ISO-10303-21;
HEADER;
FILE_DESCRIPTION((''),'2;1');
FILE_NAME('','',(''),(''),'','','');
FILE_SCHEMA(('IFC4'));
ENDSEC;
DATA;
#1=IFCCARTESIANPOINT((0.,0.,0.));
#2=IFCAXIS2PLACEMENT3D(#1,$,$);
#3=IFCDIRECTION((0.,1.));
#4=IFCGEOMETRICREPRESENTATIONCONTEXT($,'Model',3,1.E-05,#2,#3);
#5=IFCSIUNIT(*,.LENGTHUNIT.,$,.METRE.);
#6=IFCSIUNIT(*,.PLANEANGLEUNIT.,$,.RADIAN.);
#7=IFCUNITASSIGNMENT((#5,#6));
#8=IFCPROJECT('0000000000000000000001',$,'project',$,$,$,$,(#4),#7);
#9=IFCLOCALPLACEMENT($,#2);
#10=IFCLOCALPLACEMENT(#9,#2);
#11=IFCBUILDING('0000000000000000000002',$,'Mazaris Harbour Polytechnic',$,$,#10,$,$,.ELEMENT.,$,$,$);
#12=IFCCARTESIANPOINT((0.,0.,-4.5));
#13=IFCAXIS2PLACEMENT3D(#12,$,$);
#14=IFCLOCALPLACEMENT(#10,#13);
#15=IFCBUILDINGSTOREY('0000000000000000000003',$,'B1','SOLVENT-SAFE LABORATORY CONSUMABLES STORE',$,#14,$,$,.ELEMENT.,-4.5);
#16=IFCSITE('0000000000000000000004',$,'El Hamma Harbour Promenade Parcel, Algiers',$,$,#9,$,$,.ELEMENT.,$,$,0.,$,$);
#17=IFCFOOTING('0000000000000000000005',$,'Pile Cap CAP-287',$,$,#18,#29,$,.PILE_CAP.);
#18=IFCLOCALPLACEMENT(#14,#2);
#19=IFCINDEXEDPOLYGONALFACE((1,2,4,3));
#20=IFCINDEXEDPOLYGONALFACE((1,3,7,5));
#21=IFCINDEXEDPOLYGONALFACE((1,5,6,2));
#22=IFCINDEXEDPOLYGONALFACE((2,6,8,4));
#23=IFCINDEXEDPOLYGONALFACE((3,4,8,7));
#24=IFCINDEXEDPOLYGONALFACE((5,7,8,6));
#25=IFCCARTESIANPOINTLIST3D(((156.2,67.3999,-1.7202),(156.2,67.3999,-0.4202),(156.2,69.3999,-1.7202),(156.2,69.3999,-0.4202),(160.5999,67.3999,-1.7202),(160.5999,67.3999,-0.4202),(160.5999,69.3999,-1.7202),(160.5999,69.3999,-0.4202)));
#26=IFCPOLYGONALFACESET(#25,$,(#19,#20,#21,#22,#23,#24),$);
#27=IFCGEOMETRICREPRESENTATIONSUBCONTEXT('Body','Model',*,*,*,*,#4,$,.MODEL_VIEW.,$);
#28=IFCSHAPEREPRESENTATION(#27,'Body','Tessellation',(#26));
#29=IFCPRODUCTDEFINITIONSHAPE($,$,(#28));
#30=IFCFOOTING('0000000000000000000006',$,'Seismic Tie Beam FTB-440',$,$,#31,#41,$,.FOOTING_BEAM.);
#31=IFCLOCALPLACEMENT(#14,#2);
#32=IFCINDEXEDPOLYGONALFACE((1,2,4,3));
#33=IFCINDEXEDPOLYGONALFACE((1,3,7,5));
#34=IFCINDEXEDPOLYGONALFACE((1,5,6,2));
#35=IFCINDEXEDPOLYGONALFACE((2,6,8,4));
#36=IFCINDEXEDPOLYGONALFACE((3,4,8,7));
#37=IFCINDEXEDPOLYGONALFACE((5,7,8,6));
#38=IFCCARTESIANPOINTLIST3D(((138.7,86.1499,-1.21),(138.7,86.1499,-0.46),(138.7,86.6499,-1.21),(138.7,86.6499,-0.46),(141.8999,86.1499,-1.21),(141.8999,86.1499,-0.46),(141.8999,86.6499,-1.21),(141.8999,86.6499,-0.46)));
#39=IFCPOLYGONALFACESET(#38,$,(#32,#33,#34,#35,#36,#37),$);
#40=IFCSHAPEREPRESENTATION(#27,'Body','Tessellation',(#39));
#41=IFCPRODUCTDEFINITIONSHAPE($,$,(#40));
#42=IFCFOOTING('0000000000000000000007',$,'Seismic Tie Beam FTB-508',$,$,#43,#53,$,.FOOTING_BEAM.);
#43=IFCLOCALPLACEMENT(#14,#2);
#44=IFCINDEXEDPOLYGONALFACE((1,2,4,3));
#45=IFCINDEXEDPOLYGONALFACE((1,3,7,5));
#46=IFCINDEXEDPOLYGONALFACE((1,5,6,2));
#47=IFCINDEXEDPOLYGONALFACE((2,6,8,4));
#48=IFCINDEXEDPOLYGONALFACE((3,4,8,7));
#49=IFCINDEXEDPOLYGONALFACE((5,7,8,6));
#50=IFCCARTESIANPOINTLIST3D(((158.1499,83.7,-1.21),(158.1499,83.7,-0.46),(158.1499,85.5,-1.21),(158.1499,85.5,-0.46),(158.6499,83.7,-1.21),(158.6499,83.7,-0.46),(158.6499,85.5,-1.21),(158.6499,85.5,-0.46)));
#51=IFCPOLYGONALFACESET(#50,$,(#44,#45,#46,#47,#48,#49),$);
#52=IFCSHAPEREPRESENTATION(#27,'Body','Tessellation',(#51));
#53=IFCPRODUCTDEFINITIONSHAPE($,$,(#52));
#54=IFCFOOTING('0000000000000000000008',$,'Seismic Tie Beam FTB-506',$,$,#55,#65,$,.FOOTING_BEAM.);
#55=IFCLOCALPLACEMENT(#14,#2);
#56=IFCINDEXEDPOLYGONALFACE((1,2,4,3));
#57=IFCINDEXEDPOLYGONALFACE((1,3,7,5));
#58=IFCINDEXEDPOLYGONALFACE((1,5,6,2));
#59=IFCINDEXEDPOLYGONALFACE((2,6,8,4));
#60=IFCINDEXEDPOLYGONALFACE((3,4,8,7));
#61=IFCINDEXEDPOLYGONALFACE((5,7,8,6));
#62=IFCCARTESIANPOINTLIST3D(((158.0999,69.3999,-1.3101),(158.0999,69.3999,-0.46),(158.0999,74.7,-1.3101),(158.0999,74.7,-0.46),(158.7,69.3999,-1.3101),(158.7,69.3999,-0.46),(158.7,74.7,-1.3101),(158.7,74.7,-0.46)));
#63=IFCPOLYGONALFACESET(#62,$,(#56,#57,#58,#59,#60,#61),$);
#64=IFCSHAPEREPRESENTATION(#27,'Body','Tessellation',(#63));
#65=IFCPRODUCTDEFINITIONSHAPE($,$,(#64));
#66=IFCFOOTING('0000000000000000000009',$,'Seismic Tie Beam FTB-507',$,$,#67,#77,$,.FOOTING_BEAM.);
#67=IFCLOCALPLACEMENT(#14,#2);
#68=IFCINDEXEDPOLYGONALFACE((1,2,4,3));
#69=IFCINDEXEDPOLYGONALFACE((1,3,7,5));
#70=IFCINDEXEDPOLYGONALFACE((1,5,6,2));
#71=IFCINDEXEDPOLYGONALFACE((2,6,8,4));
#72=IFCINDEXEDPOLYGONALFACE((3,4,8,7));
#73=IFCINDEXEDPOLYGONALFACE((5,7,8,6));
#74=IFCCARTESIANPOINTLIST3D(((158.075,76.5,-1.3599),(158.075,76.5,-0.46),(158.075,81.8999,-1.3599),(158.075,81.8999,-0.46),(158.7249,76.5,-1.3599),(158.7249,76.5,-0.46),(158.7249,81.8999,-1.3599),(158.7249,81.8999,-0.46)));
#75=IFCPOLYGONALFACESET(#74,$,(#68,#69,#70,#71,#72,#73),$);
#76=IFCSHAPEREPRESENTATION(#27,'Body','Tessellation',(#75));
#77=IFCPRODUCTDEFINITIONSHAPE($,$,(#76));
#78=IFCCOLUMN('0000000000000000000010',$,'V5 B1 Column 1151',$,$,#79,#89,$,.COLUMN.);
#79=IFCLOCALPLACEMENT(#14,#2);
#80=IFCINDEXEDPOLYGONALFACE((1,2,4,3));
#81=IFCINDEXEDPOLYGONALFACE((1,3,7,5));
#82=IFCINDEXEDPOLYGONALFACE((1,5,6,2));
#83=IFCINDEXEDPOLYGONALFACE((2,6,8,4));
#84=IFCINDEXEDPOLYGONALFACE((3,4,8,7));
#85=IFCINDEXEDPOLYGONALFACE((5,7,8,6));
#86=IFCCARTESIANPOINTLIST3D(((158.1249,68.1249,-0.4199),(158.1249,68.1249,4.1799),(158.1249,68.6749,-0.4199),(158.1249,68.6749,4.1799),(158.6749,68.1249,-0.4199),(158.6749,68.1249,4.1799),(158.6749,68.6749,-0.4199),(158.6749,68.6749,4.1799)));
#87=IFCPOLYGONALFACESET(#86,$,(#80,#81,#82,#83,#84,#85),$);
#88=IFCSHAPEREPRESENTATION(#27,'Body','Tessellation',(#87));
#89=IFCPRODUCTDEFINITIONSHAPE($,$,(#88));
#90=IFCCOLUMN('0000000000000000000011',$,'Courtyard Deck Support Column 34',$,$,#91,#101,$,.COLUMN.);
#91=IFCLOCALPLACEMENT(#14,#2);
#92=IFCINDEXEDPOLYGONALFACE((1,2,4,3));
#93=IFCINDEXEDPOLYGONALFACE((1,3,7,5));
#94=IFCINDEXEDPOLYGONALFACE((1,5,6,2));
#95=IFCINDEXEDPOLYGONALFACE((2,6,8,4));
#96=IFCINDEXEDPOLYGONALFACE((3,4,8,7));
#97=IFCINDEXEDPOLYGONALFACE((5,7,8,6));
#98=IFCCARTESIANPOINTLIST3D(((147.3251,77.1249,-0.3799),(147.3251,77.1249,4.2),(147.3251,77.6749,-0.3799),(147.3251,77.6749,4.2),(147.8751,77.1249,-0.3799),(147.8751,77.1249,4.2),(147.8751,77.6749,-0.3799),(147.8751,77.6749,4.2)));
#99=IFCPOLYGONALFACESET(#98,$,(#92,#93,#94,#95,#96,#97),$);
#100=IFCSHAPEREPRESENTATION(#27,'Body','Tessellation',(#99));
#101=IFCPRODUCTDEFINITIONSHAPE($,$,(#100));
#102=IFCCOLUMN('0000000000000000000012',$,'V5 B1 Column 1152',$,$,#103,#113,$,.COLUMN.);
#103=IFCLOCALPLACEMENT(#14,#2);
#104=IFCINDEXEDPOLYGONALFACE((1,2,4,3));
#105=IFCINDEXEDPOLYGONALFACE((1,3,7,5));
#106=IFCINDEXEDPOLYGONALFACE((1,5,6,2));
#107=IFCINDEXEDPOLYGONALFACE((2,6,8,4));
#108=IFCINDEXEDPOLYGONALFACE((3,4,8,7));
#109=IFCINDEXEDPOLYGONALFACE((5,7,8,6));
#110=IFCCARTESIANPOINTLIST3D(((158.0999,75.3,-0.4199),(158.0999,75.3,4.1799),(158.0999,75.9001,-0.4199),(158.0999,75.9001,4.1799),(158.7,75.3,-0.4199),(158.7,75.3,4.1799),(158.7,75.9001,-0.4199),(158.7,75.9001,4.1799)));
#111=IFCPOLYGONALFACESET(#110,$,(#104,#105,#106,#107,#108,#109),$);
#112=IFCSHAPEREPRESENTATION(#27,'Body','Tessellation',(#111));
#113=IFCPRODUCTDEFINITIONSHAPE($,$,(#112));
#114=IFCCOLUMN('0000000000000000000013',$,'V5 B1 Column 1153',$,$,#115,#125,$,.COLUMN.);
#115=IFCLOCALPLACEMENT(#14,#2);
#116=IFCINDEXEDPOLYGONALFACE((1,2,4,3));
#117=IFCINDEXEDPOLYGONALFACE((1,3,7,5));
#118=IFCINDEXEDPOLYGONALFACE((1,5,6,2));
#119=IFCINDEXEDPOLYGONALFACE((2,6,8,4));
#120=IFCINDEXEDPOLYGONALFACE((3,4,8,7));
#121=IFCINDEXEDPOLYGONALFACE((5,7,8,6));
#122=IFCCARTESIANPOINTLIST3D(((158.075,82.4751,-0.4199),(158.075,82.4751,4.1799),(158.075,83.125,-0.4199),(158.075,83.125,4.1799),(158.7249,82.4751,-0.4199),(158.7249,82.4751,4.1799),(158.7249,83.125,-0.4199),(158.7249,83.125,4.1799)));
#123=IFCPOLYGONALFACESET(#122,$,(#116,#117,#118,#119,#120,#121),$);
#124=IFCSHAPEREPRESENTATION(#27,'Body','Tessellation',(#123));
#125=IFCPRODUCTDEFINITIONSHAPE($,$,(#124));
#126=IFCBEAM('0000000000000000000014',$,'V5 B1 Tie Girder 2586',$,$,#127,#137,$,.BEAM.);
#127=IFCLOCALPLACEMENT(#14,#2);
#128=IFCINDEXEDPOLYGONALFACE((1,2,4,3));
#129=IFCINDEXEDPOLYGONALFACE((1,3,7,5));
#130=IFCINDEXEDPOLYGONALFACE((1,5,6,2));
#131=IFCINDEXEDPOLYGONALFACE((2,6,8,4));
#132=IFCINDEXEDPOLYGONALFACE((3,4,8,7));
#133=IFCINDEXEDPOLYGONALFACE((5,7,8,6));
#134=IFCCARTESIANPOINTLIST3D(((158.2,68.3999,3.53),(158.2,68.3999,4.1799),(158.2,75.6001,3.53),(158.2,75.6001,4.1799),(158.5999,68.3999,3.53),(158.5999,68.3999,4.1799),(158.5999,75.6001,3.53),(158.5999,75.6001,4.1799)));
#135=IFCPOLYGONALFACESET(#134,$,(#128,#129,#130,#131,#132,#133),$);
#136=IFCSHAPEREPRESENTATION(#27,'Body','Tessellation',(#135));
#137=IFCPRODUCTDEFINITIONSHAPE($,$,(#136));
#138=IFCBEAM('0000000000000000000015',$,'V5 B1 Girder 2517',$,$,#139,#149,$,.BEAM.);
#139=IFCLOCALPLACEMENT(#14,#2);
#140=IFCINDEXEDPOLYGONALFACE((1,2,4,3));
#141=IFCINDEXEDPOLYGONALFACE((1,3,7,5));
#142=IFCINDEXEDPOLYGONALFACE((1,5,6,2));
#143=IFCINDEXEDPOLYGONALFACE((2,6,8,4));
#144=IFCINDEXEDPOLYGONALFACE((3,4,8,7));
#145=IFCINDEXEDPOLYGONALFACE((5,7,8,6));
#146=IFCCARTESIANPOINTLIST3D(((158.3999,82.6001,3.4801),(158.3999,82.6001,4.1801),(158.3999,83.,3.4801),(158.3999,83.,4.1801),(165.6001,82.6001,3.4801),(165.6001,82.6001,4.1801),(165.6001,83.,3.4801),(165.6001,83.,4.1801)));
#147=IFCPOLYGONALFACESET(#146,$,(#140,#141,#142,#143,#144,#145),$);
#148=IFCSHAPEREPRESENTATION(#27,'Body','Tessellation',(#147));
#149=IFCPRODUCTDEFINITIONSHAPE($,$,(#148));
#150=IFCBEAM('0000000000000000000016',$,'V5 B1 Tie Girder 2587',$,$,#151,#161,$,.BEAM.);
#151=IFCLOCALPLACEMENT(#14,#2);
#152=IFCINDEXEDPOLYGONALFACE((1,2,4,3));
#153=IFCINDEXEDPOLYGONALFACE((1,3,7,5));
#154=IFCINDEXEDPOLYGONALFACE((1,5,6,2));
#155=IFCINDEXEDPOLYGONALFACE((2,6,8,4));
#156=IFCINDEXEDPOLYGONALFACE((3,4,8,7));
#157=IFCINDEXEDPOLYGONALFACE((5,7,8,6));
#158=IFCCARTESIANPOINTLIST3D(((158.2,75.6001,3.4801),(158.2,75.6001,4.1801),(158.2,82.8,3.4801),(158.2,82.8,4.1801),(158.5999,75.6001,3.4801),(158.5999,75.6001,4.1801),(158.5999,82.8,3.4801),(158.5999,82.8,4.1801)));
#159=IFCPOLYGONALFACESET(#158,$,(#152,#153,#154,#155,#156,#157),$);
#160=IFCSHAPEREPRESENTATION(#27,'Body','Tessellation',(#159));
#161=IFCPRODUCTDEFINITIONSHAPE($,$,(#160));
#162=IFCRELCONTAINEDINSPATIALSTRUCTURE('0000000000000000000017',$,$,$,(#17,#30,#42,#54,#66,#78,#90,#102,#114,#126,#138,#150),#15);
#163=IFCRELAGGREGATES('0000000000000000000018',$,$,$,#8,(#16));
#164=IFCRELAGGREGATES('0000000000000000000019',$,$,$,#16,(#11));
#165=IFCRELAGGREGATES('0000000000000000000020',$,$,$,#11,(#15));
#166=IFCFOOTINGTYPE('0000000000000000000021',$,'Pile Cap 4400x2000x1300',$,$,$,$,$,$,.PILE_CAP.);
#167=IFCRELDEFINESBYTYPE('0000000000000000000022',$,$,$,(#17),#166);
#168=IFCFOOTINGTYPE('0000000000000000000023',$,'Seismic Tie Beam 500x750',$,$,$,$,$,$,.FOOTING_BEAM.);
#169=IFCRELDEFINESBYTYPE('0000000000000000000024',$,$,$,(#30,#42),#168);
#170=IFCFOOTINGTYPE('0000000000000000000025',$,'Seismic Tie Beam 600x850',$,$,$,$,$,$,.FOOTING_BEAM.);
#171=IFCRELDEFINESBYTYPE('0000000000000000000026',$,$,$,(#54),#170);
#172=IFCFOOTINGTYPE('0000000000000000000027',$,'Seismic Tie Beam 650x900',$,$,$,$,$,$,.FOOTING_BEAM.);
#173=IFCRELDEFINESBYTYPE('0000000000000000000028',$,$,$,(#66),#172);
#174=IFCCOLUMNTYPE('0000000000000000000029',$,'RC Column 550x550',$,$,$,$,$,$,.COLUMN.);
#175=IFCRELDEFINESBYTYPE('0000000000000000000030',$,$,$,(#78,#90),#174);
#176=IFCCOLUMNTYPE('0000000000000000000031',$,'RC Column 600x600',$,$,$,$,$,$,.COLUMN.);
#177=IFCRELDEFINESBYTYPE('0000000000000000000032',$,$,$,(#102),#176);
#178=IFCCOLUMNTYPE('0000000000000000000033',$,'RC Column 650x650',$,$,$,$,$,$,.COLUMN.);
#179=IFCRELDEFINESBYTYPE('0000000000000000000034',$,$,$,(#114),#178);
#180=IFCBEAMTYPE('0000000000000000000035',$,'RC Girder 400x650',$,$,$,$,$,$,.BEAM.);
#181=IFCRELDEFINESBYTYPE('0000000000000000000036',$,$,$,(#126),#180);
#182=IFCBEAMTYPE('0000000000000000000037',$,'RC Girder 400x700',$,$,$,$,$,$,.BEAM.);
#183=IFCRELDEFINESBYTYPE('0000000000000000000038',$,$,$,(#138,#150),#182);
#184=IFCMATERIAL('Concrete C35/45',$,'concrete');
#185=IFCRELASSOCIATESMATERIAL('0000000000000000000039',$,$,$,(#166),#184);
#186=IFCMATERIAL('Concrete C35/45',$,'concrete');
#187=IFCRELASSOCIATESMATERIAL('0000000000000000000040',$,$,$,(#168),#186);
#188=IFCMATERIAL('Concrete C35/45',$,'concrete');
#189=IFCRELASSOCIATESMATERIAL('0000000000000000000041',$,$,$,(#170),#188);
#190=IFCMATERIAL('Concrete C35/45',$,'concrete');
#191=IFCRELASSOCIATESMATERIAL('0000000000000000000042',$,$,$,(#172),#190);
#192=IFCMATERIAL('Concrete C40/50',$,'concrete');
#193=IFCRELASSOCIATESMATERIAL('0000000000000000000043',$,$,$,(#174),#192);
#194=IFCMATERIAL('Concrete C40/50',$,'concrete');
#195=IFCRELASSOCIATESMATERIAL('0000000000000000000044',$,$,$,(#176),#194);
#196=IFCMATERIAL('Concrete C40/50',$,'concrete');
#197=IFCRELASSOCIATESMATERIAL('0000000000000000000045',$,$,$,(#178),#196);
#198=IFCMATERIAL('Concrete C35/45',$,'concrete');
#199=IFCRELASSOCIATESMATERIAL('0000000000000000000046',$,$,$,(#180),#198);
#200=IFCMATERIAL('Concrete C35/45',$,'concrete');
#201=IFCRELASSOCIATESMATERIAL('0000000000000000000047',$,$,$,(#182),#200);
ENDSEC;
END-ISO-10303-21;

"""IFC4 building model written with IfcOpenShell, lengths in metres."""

from ifc_helpers import new_model, si_unit, direction, frame, origin, origin_2d, place, context, subcontext, project, spatial, rectangle, extrude, material, material_profile, profile_set, type_object, element, save


model = new_model("IFC4")

# Units and contexts
model_context = context("Model", 3, precision=1e-05, world=origin(), true_north=direction((0.0, 1.0)))
body_context = subcontext(model_context, "Body", "Model", "MODEL_VIEW")
ifc_project = project(units=[si_unit("LENGTHUNIT", "METRE"), si_unit("PLANEANGLEUNIT", "RADIAN")], contexts=[model_context])

# Site, building, storey
site_placement = place(None, origin())
site = spatial("IfcSite", under=ifc_project, at=site_placement, Name="El Hamma Harbour Promenade Parcel, Algiers", CompositionType="ELEMENT", RefElevation=0.0)
building_placement = place(site_placement, origin())
building = spatial("IfcBuilding", under=site, at=building_placement, Name="Mazaris Harbour Polytechnic", CompositionType="ELEMENT")
storey_placement = place(building_placement, frame((0.0, 0.0, -4.5)))
storey = spatial("IfcBuildingStorey", under=building, at=storey_placement, Name="B1", Description="SOLVENT-SAFE LABORATORY CONSUMABLES STORE", CompositionType="ELEMENT", Elevation=-4.5)

# Footings
ifc_material_1 = material(Name="Concrete C35/45", Category="concrete")
footing_type_1 = type_object("IfcFootingType", Name="Pile Cap 4400x2000x1300", PredefinedType="PILE_CAP", material=ifc_material_1)
footing_1_placement = place(storey_placement, frame((158.3999, 68.3999, -1.7202), z_axis=(0.0, 0.0, 1.0), x_axis=(1.0, 0.0, 0.0)))
element("IfcFooting", 1, at=footing_1_placement, inside=storey, type_object=footing_type_1, Name="Pile Cap CAP-287", PredefinedType="PILE_CAP", context=body_context, shape_type="SweptSolid", body=[
    extrude(rectangle(XDim=4.3999, YDim=2.0, at=origin_2d()), origin(), (0.0, 0.0, 1.0), 1.3),
])
ifc_material_2 = material(Name="Concrete C35/45", Category="concrete")
ifc_material_profile_1 = material_profile(ifc_material_2, rectangle(XDim=0.5, YDim=0.75, at=origin_2d()), Name="RECT500x750")
ifc_profile_set_1 = profile_set([ifc_material_profile_1], Name="Concrete C35/45")
footing_type_2 = type_object("IfcFootingType", Name="Seismic Tie Beam 500x750", PredefinedType="FOOTING_BEAM", material=ifc_profile_set_1)
footing_2_placement = place(storey_placement, frame((138.7, 86.3999, -0.835), z_axis=(1.0, 0.0, 0.0), x_axis=(0.0, 1.0, 0.0)))
element("IfcFooting", 2, at=footing_2_placement, inside=storey, type_object=footing_type_2, Name="Seismic Tie Beam FTB-440", PredefinedType="FOOTING_BEAM", context=body_context, shape_type="SweptSolid", body=[
    extrude(rectangle(XDim=0.5, YDim=0.75, at=origin_2d()), origin(), (0.0, 0.0, 1.0), 3.2),
])
footing_3_placement = place(storey_placement, frame((158.3999, 83.7, -0.835), z_axis=(0.0, 1.0, 0.0), x_axis=(-1.0, 0.0, 0.0)))
element("IfcFooting", 3, at=footing_3_placement, inside=storey, type_object=footing_type_2, Name="Seismic Tie Beam FTB-508", PredefinedType="FOOTING_BEAM", context=body_context, shape_type="SweptSolid", body=[
    extrude(rectangle(XDim=0.5, YDim=0.75, at=origin_2d()), origin(), (0.0, 0.0, 1.0), 1.8),
])
ifc_material_3 = material(Name="Concrete C35/45", Category="concrete")
ifc_material_profile_2 = material_profile(ifc_material_3, rectangle(XDim=0.6001, YDim=0.8501, at=origin_2d()), Name="RECT600x850")
ifc_profile_set_2 = profile_set([ifc_material_profile_2], Name="Concrete C35/45")
footing_type_3 = type_object("IfcFootingType", Name="Seismic Tie Beam 600x850", PredefinedType="FOOTING_BEAM", material=ifc_profile_set_2)
footing_4_placement = place(storey_placement, frame((158.3999, 69.3999, -0.885), z_axis=(0.0, 1.0, 0.0), x_axis=(-1.0, 0.0, 0.0)))
element("IfcFooting", 4, at=footing_4_placement, inside=storey, type_object=footing_type_3, Name="Seismic Tie Beam FTB-506", PredefinedType="FOOTING_BEAM", context=body_context, shape_type="SweptSolid", body=[
    extrude(rectangle(XDim=0.6001, YDim=0.8501, at=origin_2d()), origin(), (0.0, 0.0, 1.0), 5.3),
])
ifc_material_4 = material(Name="Concrete C35/45", Category="concrete")
ifc_material_profile_3 = material_profile(ifc_material_4, rectangle(XDim=0.6499, YDim=0.8999, at=origin_2d()), Name="RECT650x900")
ifc_profile_set_3 = profile_set([ifc_material_profile_3], Name="Concrete C35/45")
footing_type_4 = type_object("IfcFootingType", Name="Seismic Tie Beam 650x900", PredefinedType="FOOTING_BEAM", material=ifc_profile_set_3)
footing_5_placement = place(storey_placement, frame((158.3999, 76.5, -0.9099), z_axis=(0.0, 1.0, 0.0), x_axis=(-1.0, 0.0, 0.0)))
element("IfcFooting", 5, at=footing_5_placement, inside=storey, type_object=footing_type_4, Name="Seismic Tie Beam FTB-507", PredefinedType="FOOTING_BEAM", context=body_context, shape_type="SweptSolid", body=[
    extrude(rectangle(XDim=0.6499, YDim=0.8999, at=origin_2d()), origin(), (0.0, 0.0, 1.0), 5.3999),
])

# Columns
ifc_material_5 = material(Name="Concrete C40/50", Category="concrete")
ifc_material_profile_4 = material_profile(ifc_material_5, rectangle(XDim=0.55, YDim=0.55, at=origin_2d()), Name="RECT550x550")
ifc_profile_set_4 = profile_set([ifc_material_profile_4], Name="Concrete C40/50")
column_type_1 = type_object("IfcColumnType", Name="RC Column 550x550", PredefinedType="COLUMN", material=ifc_profile_set_4)
column_1_placement = place(storey_placement, frame((158.3999, 68.3999, -0.4199), z_axis=(0.0, 0.0, 1.0), x_axis=(1.0, 0.0, 0.0)))
element("IfcColumn", 6, at=column_1_placement, inside=storey, type_object=column_type_1, Name="V5 B1 Column 1151", PredefinedType="COLUMN", context=body_context, shape_type="SweptSolid", body=[
    extrude(rectangle(XDim=0.55, YDim=0.55, at=origin_2d()), origin(), (0.0, 0.0, 1.0), 4.5999),
])
column_2_placement = place(storey_placement, frame((147.6001, 77.3999, -0.3799), z_axis=(0.0, 0.0, 1.0), x_axis=(1.0, 0.0, 0.0)))
element("IfcColumn", 7, at=column_2_placement, inside=storey, type_object=column_type_1, Name="Courtyard Deck Support Column 34", PredefinedType="COLUMN", context=body_context, shape_type="SweptSolid", body=[
    extrude(rectangle(XDim=0.55, YDim=0.55, at=origin_2d()), origin(), (0.0, 0.0, 1.0), 4.5798),
])
ifc_material_6 = material(Name="Concrete C40/50", Category="concrete")
ifc_material_profile_5 = material_profile(ifc_material_6, rectangle(XDim=0.6001, YDim=0.6001, at=origin_2d()), Name="RECT600x600")
ifc_profile_set_5 = profile_set([ifc_material_profile_5], Name="Concrete C40/50")
column_type_2 = type_object("IfcColumnType", Name="RC Column 600x600", PredefinedType="COLUMN", material=ifc_profile_set_5)
column_3_placement = place(storey_placement, frame((158.3999, 75.6001, -0.4199), z_axis=(0.0, 0.0, 1.0), x_axis=(1.0, 0.0, 0.0)))
element("IfcColumn", 8, at=column_3_placement, inside=storey, type_object=column_type_2, Name="V5 B1 Column 1152", PredefinedType="COLUMN", context=body_context, shape_type="SweptSolid", body=[
    extrude(rectangle(XDim=0.6001, YDim=0.6001, at=origin_2d()), origin(), (0.0, 0.0, 1.0), 4.5999),
])
ifc_material_7 = material(Name="Concrete C40/50", Category="concrete")
ifc_material_profile_6 = material_profile(ifc_material_7, rectangle(XDim=0.6499, YDim=0.6499, at=origin_2d()), Name="RECT650x650")
ifc_profile_set_6 = profile_set([ifc_material_profile_6], Name="Concrete C40/50")
column_type_3 = type_object("IfcColumnType", Name="RC Column 650x650", PredefinedType="COLUMN", material=ifc_profile_set_6)
column_4_placement = place(storey_placement, frame((158.3999, 82.8, -0.4199), z_axis=(0.0, 0.0, 1.0), x_axis=(1.0, 0.0, 0.0)))
element("IfcColumn", 9, at=column_4_placement, inside=storey, type_object=column_type_3, Name="V5 B1 Column 1153", PredefinedType="COLUMN", context=body_context, shape_type="SweptSolid", body=[
    extrude(rectangle(XDim=0.6499, YDim=0.6499, at=origin_2d()), origin(), (0.0, 0.0, 1.0), 4.5999),
])

# Beams
ifc_material_8 = material(Name="Concrete C35/45", Category="concrete")
ifc_material_profile_7 = material_profile(ifc_material_8, rectangle(XDim=0.3999, YDim=0.6499, at=origin_2d()), Name="RECT400x650")
ifc_profile_set_7 = profile_set([ifc_material_profile_7], Name="Concrete C35/45")
beam_type_1 = type_object("IfcBeamType", Name="RC Girder 400x650", PredefinedType="BEAM", material=ifc_profile_set_7)
beam_1_placement = place(storey_placement, frame((158.3999, 68.3999, 3.855), z_axis=(0.0, 1.0, 0.0), x_axis=(-1.0, 0.0, 0.0)))
element("IfcBeam", 10, at=beam_1_placement, inside=storey, type_object=beam_type_1, Name="V5 B1 Tie Girder 2586", PredefinedType="BEAM", context=body_context, shape_type="SweptSolid", body=[
    extrude(rectangle(XDim=0.3999, YDim=0.6499, at=origin_2d()), origin(), (0.0, 0.0, 1.0), 7.2002),
])
ifc_material_9 = material(Name="Concrete C35/45", Category="concrete")
ifc_material_profile_8 = material_profile(ifc_material_9, rectangle(XDim=0.3999, YDim=0.7, at=origin_2d()), Name="RECT400x700")
ifc_profile_set_8 = profile_set([ifc_material_profile_8], Name="Concrete C35/45")
beam_type_2 = type_object("IfcBeamType", Name="RC Girder 400x700", PredefinedType="BEAM", material=ifc_profile_set_8)
beam_2_placement = place(storey_placement, frame((158.3999, 82.8, 3.8301), z_axis=(1.0, 0.0, 0.0), x_axis=(0.0, 1.0, 0.0)))
element("IfcBeam", 11, at=beam_2_placement, inside=storey, type_object=beam_type_2, Name="V5 B1 Girder 2517", PredefinedType="BEAM", context=body_context, shape_type="SweptSolid", body=[
    extrude(rectangle(XDim=0.3999, YDim=0.7, at=origin_2d()), origin(), (0.0, 0.0, 1.0), 7.2002),
])
beam_3_placement = place(storey_placement, frame((158.3999, 75.6001, 3.8301), z_axis=(0.0, 1.0, 0.0), x_axis=(-1.0, 0.0, 0.0)))
element("IfcBeam", 12, at=beam_3_placement, inside=storey, type_object=beam_type_2, Name="V5 B1 Tie Girder 2587", PredefinedType="BEAM", context=body_context, shape_type="SweptSolid", body=[
    extrude(rectangle(XDim=0.3999, YDim=0.7, at=origin_2d()), origin(), (0.0, 0.0, 1.0), 7.2),
])

save(model, "model.ifc")
